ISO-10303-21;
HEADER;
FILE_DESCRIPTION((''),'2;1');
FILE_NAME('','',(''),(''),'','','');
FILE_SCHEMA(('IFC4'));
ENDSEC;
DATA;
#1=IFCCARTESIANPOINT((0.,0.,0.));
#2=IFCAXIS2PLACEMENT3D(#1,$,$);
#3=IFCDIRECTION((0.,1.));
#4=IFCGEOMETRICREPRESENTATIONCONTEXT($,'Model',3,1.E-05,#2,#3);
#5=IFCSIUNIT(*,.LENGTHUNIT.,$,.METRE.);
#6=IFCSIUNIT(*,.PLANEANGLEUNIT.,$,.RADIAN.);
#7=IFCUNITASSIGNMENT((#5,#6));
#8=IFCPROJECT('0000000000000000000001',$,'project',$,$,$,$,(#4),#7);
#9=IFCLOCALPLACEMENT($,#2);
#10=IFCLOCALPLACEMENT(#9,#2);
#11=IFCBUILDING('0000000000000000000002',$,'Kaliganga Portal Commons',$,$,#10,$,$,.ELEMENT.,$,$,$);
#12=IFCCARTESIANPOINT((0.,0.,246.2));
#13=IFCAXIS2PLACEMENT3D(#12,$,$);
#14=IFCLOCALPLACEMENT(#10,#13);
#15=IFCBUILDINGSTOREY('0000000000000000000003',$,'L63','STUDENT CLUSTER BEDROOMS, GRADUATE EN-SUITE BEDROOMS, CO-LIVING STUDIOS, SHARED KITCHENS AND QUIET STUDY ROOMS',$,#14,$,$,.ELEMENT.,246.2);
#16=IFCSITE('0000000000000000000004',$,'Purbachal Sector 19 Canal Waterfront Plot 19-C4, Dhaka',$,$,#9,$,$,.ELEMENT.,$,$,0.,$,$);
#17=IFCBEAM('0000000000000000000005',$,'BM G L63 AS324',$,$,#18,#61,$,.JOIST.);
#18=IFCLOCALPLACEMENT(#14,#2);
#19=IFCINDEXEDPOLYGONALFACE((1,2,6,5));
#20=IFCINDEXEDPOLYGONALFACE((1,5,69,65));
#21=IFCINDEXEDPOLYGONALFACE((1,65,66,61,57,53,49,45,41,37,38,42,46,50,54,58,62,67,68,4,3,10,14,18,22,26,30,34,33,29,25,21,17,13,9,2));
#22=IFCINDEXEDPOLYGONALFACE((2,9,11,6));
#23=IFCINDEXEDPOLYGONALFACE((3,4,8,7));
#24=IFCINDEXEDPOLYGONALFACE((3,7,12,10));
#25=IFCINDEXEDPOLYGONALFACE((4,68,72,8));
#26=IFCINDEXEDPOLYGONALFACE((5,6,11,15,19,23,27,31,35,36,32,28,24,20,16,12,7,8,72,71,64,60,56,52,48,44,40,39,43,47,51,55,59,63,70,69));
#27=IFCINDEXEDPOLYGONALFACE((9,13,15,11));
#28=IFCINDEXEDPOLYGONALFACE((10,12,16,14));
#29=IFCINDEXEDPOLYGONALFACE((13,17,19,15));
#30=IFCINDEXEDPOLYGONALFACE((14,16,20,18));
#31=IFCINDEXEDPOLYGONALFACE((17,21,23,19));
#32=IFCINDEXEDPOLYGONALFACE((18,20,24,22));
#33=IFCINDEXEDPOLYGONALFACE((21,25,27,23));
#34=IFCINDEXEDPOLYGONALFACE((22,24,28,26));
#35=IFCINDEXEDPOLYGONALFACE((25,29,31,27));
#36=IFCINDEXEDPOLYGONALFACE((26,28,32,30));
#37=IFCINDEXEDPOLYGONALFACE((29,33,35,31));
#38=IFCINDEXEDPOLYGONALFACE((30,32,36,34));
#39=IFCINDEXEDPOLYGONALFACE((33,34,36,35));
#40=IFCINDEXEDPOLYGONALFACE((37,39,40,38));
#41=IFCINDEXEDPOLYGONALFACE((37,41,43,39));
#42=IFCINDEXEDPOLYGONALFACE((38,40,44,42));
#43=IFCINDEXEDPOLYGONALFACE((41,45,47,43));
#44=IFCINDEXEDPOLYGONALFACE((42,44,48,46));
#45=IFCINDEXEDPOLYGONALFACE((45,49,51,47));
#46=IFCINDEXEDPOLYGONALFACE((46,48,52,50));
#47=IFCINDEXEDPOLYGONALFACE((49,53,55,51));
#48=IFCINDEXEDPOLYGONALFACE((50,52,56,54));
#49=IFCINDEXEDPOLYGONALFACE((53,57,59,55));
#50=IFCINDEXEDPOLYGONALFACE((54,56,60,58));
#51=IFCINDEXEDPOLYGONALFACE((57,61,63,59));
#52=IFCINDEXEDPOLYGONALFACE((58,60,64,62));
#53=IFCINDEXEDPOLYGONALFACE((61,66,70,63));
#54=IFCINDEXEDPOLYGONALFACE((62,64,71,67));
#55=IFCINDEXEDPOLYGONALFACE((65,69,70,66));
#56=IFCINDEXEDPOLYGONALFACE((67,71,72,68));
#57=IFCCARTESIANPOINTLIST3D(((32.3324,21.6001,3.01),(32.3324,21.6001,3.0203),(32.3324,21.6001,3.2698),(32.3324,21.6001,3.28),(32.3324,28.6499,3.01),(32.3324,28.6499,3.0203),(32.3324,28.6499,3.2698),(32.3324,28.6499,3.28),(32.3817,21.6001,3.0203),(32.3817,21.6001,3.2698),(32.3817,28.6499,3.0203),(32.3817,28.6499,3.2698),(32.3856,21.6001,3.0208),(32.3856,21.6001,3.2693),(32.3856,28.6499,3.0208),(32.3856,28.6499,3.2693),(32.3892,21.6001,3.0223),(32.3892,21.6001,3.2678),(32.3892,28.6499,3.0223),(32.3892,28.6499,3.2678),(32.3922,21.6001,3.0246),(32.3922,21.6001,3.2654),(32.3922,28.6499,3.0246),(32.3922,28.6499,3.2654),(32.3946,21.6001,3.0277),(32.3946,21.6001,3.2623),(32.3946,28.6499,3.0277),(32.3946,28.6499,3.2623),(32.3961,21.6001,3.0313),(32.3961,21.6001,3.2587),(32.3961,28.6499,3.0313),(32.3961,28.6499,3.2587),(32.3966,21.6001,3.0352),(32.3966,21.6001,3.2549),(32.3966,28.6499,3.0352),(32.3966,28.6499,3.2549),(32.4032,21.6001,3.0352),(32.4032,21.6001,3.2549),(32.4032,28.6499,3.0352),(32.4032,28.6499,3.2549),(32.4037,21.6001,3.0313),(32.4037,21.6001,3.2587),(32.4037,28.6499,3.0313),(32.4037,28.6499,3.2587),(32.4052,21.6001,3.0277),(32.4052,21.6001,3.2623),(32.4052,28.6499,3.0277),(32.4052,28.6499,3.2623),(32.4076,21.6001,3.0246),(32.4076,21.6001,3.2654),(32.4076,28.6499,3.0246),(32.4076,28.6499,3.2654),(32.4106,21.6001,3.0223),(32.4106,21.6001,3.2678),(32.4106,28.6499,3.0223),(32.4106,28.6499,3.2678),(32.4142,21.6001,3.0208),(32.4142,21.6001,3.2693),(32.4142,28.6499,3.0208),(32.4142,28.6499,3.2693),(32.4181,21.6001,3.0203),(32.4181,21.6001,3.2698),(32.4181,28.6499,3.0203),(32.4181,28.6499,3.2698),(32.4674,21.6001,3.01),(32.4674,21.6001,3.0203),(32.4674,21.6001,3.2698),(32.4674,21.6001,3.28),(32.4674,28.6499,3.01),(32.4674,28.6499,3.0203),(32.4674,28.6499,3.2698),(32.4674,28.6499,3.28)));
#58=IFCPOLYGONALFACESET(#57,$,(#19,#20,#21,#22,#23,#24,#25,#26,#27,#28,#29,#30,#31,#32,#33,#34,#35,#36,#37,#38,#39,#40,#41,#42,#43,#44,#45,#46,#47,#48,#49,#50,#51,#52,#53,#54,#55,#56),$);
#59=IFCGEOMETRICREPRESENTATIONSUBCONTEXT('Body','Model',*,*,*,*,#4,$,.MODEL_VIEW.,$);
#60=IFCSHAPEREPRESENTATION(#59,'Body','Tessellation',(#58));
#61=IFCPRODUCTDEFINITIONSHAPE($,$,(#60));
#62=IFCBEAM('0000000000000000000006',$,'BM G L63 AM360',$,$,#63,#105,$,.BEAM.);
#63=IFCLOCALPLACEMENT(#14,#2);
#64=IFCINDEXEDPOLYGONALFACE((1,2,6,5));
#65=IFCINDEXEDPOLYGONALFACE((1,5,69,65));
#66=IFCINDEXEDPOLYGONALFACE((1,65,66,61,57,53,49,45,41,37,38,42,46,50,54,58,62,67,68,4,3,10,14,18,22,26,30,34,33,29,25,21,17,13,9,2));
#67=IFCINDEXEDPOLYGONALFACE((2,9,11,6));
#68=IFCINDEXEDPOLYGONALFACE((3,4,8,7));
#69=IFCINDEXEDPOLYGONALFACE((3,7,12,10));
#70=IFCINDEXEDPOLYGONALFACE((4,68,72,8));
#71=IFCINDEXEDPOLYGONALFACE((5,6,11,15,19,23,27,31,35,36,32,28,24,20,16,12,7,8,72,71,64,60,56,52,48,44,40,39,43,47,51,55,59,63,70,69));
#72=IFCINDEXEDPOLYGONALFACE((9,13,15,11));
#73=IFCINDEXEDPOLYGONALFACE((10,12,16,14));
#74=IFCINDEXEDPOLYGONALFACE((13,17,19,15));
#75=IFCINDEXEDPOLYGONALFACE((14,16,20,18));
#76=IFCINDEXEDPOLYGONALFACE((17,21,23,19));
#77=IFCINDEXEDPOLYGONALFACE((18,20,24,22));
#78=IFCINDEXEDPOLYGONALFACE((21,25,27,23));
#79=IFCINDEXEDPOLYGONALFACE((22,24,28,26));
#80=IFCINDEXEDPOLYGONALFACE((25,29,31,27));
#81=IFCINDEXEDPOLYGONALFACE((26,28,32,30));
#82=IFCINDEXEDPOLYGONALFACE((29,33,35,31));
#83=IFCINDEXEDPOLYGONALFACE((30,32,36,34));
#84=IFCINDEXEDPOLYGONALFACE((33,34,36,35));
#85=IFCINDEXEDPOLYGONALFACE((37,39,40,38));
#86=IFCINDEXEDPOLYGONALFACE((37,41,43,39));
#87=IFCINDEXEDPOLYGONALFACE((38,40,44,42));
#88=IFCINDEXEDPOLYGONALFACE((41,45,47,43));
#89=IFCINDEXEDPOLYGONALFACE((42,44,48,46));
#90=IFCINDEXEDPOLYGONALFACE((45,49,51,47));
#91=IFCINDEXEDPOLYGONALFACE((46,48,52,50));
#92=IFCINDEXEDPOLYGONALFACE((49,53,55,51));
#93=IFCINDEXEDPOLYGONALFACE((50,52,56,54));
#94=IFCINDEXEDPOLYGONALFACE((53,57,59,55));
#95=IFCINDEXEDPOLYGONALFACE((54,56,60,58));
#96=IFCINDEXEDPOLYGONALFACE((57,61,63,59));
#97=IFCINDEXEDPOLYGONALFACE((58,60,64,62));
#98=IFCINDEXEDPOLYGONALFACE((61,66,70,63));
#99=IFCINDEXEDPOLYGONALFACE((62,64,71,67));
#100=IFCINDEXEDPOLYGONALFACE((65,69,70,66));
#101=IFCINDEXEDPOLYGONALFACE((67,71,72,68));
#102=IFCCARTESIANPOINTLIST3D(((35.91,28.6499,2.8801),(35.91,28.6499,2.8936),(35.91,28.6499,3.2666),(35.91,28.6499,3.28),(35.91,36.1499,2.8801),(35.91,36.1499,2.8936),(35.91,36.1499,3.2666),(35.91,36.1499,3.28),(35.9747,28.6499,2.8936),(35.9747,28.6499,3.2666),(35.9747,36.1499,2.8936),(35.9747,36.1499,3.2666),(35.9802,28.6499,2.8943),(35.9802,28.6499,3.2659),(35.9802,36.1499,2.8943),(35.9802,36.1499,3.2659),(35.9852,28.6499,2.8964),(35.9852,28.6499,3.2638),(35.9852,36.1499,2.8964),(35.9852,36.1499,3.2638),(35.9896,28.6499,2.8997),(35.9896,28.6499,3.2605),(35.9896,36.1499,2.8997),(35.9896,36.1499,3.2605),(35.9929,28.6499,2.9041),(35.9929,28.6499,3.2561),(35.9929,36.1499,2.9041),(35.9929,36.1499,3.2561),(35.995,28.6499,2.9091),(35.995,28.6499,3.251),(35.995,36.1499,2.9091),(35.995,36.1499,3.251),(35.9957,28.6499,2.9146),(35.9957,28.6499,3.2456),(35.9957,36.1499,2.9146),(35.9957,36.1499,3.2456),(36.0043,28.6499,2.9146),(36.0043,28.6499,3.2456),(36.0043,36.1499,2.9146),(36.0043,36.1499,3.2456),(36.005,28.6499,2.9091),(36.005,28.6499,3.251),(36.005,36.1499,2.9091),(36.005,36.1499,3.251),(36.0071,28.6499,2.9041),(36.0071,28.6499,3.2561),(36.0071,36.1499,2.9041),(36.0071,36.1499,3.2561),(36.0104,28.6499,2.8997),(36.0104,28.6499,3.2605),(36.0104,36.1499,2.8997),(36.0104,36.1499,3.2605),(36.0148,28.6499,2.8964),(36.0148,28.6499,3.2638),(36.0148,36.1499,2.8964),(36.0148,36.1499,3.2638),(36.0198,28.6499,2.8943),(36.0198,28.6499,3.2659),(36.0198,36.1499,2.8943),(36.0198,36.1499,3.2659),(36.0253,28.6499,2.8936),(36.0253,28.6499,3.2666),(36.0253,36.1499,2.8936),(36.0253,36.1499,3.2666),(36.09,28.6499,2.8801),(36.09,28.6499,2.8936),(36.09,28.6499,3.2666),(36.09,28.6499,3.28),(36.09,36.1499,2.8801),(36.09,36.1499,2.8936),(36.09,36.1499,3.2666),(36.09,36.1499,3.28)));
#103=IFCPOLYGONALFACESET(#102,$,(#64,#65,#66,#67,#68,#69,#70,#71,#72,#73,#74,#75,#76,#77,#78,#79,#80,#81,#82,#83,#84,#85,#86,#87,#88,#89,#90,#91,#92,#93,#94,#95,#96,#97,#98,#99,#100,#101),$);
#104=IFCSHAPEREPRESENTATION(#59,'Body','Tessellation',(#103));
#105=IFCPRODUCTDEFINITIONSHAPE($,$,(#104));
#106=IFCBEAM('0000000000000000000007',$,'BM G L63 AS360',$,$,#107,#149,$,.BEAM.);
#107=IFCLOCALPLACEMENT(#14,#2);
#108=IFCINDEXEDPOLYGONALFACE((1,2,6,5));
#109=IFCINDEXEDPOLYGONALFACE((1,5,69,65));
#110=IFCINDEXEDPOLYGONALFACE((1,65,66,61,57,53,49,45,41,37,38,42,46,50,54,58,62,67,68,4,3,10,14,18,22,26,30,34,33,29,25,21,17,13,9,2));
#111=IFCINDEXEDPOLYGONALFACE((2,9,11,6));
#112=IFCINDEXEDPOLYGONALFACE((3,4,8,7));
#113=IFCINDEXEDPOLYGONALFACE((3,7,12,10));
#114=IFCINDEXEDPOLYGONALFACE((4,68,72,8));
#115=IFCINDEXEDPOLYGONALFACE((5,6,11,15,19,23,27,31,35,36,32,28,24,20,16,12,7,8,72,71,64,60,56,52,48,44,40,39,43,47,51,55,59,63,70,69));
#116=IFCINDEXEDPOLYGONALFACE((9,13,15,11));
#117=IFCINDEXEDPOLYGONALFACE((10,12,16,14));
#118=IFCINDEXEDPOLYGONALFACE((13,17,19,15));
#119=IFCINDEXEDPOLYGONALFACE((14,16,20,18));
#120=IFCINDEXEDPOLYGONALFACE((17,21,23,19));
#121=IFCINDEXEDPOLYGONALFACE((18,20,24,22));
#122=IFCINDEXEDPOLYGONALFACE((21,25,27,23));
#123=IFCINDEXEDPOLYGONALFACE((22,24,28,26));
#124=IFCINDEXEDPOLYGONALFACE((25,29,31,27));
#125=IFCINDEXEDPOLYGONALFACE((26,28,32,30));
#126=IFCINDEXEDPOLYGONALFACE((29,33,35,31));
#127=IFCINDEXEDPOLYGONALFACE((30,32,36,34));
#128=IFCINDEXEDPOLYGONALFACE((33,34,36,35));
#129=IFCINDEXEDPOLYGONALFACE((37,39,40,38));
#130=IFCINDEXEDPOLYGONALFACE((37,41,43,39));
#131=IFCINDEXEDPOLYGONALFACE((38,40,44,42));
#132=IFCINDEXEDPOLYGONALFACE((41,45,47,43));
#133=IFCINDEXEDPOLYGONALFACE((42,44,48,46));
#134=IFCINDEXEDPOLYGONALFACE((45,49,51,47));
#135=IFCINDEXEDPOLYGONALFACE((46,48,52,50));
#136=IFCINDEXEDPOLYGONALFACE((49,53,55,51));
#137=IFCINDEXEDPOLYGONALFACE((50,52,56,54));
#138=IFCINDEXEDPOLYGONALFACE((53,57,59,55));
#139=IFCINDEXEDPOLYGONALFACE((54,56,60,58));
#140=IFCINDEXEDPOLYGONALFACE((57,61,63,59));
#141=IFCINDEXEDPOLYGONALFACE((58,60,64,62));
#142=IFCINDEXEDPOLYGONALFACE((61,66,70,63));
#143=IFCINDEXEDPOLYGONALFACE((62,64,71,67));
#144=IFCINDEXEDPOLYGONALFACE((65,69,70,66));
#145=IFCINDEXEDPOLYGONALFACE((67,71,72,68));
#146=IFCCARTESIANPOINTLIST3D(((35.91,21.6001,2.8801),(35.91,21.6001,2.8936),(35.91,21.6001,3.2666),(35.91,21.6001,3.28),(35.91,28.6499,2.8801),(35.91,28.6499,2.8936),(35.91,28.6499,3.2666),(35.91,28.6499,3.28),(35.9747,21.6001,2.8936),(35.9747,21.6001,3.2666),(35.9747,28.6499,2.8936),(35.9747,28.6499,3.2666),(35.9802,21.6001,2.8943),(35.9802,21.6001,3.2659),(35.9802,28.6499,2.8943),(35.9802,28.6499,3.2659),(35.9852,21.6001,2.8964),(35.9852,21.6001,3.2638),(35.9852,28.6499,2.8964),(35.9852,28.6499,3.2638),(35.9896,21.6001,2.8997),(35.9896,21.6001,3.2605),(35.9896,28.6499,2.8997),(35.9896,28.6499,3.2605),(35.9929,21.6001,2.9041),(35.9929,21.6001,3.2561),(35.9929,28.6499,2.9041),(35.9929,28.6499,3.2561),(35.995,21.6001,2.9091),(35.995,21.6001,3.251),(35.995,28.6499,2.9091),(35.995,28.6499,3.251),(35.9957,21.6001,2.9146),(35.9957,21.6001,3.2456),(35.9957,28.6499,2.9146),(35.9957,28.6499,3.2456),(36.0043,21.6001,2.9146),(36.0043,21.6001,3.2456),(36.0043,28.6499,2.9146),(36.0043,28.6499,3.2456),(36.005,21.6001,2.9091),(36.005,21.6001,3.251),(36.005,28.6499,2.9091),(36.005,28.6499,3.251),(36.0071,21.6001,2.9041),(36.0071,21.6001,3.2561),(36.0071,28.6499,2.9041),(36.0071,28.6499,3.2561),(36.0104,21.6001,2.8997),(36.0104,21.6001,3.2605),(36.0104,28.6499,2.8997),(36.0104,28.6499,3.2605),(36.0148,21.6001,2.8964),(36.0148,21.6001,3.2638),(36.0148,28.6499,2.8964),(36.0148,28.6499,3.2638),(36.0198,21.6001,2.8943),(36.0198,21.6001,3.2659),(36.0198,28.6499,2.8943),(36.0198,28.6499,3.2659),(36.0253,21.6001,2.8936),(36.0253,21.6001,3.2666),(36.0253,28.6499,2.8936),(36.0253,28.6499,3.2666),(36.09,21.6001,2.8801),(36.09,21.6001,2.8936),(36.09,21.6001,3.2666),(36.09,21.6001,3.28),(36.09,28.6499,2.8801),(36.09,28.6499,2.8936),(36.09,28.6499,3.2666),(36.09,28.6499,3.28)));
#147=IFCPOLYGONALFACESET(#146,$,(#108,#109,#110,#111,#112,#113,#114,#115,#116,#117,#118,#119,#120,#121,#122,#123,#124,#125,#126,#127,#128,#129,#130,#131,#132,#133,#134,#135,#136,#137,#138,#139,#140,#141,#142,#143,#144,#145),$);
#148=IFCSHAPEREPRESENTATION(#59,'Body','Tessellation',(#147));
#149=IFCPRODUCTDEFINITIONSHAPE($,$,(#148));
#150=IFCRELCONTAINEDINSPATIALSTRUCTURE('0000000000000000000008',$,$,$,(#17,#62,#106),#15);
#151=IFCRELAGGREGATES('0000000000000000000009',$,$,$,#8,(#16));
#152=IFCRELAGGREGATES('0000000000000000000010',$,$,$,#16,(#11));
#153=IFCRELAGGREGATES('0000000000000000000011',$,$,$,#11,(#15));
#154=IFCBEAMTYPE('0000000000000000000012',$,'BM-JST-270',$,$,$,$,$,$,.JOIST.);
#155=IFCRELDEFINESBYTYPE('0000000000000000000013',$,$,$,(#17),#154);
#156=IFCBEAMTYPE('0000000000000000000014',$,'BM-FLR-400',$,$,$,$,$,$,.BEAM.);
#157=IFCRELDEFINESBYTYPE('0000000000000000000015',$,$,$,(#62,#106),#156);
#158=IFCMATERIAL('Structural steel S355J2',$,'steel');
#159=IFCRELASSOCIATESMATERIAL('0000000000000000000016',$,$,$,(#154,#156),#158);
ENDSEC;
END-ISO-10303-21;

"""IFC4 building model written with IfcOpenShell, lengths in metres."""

from ifc_helpers import new_model, si_unit, direction, frame, origin, origin_2d, place, context, subcontext, project, spatial, i_section, extrude, source, transform, mapped, material, material_profile, profile_set, type_object, element, save


model = new_model("IFC4")

# Units and contexts
model_context = context("Model", 3, precision=1e-05, world=origin(), true_north=direction((0.0, 1.0)))
body_context = subcontext(model_context, "Body", "Model", "MODEL_VIEW")
ifc_project = project(units=[si_unit("LENGTHUNIT", "METRE"), si_unit("PLANEANGLEUNIT", "RADIAN")], contexts=[model_context])

# Site, building, storey
site_placement = place(None, origin())
site = spatial("IfcSite", under=ifc_project, at=site_placement, Name="Purbachal Sector 19 Canal Waterfront Plot 19-C4, Dhaka", CompositionType="ELEMENT", RefElevation=0.0)
building_placement = place(site_placement, origin())
building = spatial("IfcBuilding", under=site, at=building_placement, Name="Kaliganga Portal Commons", CompositionType="ELEMENT")
storey_placement = place(building_placement, frame((0.0, 0.0, 246.2)))
storey = spatial("IfcBuildingStorey", under=building, at=storey_placement, Name="L63", Description="STUDENT CLUSTER BEDROOMS, GRADUATE EN-SUITE BEDROOMS, CO-LIVING STUDIOS, SHARED KITCHENS AND QUIET STUDY ROOMS", CompositionType="ELEMENT", Elevation=246.2)

# Shared definitions
ifc_material_1 = material(Name="Structural steel S355J2", Category="steel")

# Beams
ifc_material_profile_1 = material_profile(ifc_material_1, i_section(OverallWidth=0.135, OverallDepth=0.27, WebThickness=0.0066, FlangeThickness=0.0103, FilletRadius=0.0149, at=origin_2d()), Name="IPE 270")
ifc_profile_set_1 = profile_set([ifc_material_profile_1], Name="Structural steel S355J2 wide-flange")
beam_type_1 = type_object("IfcBeamType", Name="BM-JST-270", PredefinedType="JOIST", material=ifc_profile_set_1)
shared_shape_1 = source(origin(), body_context, "Body", "SweptSolid", [
    extrude(i_section(OverallWidth=0.135, OverallDepth=0.27, WebThickness=0.0066, FlangeThickness=0.0103, FilletRadius=0.0149, at=origin_2d()), origin(), (0.0, 0.0, 1.0), 7.0498),
])
beam_1_placement = place(storey_placement, frame((32.3999, 21.6001, 3.145), z_axis=(0.0, 1.0, 0.0), x_axis=(-1.0, 0.0, 0.0)))
element("IfcBeam", 1, at=beam_1_placement, inside=storey, type_object=beam_type_1, Name="BM G L63 AS324", PredefinedType="JOIST", context=body_context, shape_type="MappedRepresentation", body=[
    mapped(shared_shape_1, transform((0.0, 0.0, 0.0), x_axis=(1.0, 0.0, 0.0), y_axis=(0.0, 1.0, 0.0), z_axis=(0.0, 0.0, 1.0), scale=1.0)),
])
ifc_material_profile_2 = material_profile(ifc_material_1, i_section(OverallWidth=0.1799, OverallDepth=0.3999, WebThickness=0.0085, FlangeThickness=0.0134, FilletRadius=0.021, at=origin_2d()), Name="IPE 400")
ifc_profile_set_2 = profile_set([ifc_material_profile_2], Name="Structural steel S355J2 wide-flange")
beam_type_2 = type_object("IfcBeamType", Name="BM-FLR-400", PredefinedType="BEAM", material=ifc_profile_set_2)
shared_shape_2 = source(origin(), body_context, "Body", "SweptSolid", [
    extrude(i_section(OverallWidth=0.1799, OverallDepth=0.3999, WebThickness=0.0085, FlangeThickness=0.0134, FilletRadius=0.021, at=origin_2d()), origin(), (0.0, 0.0, 1.0), 7.5),
])
beam_2_placement = place(storey_placement, frame((36.0, 28.6499, 3.0801), z_axis=(0.0, 1.0, 0.0), x_axis=(-1.0, 0.0, 0.0)))
element("IfcBeam", 2, at=beam_2_placement, inside=storey, type_object=beam_type_2, Name="BM G L63 AM360", PredefinedType="BEAM", context=body_context, shape_type="MappedRepresentation", body=[
    mapped(shared_shape_2, transform((0.0, 0.0, 0.0), x_axis=(1.0, 0.0, 0.0), y_axis=(0.0, 1.0, 0.0), z_axis=(0.0, 0.0, 1.0), scale=1.0)),
])
shared_shape_3 = source(origin(), body_context, "Body", "SweptSolid", [
    extrude(i_section(OverallWidth=0.1799, OverallDepth=0.3999, WebThickness=0.0085, FlangeThickness=0.0134, FilletRadius=0.021, at=origin_2d()), origin(), (0.0, 0.0, 1.0), 7.0498),
])
beam_3_placement = place(storey_placement, frame((36.0, 21.6001, 3.0801), z_axis=(0.0, 1.0, 0.0), x_axis=(-1.0, 0.0, 0.0)))
element("IfcBeam", 3, at=beam_3_placement, inside=storey, type_object=beam_type_2, Name="BM G L63 AS360", PredefinedType="BEAM", context=body_context, shape_type="MappedRepresentation", body=[
    mapped(shared_shape_3, transform((0.0, 0.0, 0.0), x_axis=(1.0, 0.0, 0.0), y_axis=(0.0, 1.0, 0.0), z_axis=(0.0, 0.0, 1.0), scale=1.0)),
])

save(model, "model.ifc")
